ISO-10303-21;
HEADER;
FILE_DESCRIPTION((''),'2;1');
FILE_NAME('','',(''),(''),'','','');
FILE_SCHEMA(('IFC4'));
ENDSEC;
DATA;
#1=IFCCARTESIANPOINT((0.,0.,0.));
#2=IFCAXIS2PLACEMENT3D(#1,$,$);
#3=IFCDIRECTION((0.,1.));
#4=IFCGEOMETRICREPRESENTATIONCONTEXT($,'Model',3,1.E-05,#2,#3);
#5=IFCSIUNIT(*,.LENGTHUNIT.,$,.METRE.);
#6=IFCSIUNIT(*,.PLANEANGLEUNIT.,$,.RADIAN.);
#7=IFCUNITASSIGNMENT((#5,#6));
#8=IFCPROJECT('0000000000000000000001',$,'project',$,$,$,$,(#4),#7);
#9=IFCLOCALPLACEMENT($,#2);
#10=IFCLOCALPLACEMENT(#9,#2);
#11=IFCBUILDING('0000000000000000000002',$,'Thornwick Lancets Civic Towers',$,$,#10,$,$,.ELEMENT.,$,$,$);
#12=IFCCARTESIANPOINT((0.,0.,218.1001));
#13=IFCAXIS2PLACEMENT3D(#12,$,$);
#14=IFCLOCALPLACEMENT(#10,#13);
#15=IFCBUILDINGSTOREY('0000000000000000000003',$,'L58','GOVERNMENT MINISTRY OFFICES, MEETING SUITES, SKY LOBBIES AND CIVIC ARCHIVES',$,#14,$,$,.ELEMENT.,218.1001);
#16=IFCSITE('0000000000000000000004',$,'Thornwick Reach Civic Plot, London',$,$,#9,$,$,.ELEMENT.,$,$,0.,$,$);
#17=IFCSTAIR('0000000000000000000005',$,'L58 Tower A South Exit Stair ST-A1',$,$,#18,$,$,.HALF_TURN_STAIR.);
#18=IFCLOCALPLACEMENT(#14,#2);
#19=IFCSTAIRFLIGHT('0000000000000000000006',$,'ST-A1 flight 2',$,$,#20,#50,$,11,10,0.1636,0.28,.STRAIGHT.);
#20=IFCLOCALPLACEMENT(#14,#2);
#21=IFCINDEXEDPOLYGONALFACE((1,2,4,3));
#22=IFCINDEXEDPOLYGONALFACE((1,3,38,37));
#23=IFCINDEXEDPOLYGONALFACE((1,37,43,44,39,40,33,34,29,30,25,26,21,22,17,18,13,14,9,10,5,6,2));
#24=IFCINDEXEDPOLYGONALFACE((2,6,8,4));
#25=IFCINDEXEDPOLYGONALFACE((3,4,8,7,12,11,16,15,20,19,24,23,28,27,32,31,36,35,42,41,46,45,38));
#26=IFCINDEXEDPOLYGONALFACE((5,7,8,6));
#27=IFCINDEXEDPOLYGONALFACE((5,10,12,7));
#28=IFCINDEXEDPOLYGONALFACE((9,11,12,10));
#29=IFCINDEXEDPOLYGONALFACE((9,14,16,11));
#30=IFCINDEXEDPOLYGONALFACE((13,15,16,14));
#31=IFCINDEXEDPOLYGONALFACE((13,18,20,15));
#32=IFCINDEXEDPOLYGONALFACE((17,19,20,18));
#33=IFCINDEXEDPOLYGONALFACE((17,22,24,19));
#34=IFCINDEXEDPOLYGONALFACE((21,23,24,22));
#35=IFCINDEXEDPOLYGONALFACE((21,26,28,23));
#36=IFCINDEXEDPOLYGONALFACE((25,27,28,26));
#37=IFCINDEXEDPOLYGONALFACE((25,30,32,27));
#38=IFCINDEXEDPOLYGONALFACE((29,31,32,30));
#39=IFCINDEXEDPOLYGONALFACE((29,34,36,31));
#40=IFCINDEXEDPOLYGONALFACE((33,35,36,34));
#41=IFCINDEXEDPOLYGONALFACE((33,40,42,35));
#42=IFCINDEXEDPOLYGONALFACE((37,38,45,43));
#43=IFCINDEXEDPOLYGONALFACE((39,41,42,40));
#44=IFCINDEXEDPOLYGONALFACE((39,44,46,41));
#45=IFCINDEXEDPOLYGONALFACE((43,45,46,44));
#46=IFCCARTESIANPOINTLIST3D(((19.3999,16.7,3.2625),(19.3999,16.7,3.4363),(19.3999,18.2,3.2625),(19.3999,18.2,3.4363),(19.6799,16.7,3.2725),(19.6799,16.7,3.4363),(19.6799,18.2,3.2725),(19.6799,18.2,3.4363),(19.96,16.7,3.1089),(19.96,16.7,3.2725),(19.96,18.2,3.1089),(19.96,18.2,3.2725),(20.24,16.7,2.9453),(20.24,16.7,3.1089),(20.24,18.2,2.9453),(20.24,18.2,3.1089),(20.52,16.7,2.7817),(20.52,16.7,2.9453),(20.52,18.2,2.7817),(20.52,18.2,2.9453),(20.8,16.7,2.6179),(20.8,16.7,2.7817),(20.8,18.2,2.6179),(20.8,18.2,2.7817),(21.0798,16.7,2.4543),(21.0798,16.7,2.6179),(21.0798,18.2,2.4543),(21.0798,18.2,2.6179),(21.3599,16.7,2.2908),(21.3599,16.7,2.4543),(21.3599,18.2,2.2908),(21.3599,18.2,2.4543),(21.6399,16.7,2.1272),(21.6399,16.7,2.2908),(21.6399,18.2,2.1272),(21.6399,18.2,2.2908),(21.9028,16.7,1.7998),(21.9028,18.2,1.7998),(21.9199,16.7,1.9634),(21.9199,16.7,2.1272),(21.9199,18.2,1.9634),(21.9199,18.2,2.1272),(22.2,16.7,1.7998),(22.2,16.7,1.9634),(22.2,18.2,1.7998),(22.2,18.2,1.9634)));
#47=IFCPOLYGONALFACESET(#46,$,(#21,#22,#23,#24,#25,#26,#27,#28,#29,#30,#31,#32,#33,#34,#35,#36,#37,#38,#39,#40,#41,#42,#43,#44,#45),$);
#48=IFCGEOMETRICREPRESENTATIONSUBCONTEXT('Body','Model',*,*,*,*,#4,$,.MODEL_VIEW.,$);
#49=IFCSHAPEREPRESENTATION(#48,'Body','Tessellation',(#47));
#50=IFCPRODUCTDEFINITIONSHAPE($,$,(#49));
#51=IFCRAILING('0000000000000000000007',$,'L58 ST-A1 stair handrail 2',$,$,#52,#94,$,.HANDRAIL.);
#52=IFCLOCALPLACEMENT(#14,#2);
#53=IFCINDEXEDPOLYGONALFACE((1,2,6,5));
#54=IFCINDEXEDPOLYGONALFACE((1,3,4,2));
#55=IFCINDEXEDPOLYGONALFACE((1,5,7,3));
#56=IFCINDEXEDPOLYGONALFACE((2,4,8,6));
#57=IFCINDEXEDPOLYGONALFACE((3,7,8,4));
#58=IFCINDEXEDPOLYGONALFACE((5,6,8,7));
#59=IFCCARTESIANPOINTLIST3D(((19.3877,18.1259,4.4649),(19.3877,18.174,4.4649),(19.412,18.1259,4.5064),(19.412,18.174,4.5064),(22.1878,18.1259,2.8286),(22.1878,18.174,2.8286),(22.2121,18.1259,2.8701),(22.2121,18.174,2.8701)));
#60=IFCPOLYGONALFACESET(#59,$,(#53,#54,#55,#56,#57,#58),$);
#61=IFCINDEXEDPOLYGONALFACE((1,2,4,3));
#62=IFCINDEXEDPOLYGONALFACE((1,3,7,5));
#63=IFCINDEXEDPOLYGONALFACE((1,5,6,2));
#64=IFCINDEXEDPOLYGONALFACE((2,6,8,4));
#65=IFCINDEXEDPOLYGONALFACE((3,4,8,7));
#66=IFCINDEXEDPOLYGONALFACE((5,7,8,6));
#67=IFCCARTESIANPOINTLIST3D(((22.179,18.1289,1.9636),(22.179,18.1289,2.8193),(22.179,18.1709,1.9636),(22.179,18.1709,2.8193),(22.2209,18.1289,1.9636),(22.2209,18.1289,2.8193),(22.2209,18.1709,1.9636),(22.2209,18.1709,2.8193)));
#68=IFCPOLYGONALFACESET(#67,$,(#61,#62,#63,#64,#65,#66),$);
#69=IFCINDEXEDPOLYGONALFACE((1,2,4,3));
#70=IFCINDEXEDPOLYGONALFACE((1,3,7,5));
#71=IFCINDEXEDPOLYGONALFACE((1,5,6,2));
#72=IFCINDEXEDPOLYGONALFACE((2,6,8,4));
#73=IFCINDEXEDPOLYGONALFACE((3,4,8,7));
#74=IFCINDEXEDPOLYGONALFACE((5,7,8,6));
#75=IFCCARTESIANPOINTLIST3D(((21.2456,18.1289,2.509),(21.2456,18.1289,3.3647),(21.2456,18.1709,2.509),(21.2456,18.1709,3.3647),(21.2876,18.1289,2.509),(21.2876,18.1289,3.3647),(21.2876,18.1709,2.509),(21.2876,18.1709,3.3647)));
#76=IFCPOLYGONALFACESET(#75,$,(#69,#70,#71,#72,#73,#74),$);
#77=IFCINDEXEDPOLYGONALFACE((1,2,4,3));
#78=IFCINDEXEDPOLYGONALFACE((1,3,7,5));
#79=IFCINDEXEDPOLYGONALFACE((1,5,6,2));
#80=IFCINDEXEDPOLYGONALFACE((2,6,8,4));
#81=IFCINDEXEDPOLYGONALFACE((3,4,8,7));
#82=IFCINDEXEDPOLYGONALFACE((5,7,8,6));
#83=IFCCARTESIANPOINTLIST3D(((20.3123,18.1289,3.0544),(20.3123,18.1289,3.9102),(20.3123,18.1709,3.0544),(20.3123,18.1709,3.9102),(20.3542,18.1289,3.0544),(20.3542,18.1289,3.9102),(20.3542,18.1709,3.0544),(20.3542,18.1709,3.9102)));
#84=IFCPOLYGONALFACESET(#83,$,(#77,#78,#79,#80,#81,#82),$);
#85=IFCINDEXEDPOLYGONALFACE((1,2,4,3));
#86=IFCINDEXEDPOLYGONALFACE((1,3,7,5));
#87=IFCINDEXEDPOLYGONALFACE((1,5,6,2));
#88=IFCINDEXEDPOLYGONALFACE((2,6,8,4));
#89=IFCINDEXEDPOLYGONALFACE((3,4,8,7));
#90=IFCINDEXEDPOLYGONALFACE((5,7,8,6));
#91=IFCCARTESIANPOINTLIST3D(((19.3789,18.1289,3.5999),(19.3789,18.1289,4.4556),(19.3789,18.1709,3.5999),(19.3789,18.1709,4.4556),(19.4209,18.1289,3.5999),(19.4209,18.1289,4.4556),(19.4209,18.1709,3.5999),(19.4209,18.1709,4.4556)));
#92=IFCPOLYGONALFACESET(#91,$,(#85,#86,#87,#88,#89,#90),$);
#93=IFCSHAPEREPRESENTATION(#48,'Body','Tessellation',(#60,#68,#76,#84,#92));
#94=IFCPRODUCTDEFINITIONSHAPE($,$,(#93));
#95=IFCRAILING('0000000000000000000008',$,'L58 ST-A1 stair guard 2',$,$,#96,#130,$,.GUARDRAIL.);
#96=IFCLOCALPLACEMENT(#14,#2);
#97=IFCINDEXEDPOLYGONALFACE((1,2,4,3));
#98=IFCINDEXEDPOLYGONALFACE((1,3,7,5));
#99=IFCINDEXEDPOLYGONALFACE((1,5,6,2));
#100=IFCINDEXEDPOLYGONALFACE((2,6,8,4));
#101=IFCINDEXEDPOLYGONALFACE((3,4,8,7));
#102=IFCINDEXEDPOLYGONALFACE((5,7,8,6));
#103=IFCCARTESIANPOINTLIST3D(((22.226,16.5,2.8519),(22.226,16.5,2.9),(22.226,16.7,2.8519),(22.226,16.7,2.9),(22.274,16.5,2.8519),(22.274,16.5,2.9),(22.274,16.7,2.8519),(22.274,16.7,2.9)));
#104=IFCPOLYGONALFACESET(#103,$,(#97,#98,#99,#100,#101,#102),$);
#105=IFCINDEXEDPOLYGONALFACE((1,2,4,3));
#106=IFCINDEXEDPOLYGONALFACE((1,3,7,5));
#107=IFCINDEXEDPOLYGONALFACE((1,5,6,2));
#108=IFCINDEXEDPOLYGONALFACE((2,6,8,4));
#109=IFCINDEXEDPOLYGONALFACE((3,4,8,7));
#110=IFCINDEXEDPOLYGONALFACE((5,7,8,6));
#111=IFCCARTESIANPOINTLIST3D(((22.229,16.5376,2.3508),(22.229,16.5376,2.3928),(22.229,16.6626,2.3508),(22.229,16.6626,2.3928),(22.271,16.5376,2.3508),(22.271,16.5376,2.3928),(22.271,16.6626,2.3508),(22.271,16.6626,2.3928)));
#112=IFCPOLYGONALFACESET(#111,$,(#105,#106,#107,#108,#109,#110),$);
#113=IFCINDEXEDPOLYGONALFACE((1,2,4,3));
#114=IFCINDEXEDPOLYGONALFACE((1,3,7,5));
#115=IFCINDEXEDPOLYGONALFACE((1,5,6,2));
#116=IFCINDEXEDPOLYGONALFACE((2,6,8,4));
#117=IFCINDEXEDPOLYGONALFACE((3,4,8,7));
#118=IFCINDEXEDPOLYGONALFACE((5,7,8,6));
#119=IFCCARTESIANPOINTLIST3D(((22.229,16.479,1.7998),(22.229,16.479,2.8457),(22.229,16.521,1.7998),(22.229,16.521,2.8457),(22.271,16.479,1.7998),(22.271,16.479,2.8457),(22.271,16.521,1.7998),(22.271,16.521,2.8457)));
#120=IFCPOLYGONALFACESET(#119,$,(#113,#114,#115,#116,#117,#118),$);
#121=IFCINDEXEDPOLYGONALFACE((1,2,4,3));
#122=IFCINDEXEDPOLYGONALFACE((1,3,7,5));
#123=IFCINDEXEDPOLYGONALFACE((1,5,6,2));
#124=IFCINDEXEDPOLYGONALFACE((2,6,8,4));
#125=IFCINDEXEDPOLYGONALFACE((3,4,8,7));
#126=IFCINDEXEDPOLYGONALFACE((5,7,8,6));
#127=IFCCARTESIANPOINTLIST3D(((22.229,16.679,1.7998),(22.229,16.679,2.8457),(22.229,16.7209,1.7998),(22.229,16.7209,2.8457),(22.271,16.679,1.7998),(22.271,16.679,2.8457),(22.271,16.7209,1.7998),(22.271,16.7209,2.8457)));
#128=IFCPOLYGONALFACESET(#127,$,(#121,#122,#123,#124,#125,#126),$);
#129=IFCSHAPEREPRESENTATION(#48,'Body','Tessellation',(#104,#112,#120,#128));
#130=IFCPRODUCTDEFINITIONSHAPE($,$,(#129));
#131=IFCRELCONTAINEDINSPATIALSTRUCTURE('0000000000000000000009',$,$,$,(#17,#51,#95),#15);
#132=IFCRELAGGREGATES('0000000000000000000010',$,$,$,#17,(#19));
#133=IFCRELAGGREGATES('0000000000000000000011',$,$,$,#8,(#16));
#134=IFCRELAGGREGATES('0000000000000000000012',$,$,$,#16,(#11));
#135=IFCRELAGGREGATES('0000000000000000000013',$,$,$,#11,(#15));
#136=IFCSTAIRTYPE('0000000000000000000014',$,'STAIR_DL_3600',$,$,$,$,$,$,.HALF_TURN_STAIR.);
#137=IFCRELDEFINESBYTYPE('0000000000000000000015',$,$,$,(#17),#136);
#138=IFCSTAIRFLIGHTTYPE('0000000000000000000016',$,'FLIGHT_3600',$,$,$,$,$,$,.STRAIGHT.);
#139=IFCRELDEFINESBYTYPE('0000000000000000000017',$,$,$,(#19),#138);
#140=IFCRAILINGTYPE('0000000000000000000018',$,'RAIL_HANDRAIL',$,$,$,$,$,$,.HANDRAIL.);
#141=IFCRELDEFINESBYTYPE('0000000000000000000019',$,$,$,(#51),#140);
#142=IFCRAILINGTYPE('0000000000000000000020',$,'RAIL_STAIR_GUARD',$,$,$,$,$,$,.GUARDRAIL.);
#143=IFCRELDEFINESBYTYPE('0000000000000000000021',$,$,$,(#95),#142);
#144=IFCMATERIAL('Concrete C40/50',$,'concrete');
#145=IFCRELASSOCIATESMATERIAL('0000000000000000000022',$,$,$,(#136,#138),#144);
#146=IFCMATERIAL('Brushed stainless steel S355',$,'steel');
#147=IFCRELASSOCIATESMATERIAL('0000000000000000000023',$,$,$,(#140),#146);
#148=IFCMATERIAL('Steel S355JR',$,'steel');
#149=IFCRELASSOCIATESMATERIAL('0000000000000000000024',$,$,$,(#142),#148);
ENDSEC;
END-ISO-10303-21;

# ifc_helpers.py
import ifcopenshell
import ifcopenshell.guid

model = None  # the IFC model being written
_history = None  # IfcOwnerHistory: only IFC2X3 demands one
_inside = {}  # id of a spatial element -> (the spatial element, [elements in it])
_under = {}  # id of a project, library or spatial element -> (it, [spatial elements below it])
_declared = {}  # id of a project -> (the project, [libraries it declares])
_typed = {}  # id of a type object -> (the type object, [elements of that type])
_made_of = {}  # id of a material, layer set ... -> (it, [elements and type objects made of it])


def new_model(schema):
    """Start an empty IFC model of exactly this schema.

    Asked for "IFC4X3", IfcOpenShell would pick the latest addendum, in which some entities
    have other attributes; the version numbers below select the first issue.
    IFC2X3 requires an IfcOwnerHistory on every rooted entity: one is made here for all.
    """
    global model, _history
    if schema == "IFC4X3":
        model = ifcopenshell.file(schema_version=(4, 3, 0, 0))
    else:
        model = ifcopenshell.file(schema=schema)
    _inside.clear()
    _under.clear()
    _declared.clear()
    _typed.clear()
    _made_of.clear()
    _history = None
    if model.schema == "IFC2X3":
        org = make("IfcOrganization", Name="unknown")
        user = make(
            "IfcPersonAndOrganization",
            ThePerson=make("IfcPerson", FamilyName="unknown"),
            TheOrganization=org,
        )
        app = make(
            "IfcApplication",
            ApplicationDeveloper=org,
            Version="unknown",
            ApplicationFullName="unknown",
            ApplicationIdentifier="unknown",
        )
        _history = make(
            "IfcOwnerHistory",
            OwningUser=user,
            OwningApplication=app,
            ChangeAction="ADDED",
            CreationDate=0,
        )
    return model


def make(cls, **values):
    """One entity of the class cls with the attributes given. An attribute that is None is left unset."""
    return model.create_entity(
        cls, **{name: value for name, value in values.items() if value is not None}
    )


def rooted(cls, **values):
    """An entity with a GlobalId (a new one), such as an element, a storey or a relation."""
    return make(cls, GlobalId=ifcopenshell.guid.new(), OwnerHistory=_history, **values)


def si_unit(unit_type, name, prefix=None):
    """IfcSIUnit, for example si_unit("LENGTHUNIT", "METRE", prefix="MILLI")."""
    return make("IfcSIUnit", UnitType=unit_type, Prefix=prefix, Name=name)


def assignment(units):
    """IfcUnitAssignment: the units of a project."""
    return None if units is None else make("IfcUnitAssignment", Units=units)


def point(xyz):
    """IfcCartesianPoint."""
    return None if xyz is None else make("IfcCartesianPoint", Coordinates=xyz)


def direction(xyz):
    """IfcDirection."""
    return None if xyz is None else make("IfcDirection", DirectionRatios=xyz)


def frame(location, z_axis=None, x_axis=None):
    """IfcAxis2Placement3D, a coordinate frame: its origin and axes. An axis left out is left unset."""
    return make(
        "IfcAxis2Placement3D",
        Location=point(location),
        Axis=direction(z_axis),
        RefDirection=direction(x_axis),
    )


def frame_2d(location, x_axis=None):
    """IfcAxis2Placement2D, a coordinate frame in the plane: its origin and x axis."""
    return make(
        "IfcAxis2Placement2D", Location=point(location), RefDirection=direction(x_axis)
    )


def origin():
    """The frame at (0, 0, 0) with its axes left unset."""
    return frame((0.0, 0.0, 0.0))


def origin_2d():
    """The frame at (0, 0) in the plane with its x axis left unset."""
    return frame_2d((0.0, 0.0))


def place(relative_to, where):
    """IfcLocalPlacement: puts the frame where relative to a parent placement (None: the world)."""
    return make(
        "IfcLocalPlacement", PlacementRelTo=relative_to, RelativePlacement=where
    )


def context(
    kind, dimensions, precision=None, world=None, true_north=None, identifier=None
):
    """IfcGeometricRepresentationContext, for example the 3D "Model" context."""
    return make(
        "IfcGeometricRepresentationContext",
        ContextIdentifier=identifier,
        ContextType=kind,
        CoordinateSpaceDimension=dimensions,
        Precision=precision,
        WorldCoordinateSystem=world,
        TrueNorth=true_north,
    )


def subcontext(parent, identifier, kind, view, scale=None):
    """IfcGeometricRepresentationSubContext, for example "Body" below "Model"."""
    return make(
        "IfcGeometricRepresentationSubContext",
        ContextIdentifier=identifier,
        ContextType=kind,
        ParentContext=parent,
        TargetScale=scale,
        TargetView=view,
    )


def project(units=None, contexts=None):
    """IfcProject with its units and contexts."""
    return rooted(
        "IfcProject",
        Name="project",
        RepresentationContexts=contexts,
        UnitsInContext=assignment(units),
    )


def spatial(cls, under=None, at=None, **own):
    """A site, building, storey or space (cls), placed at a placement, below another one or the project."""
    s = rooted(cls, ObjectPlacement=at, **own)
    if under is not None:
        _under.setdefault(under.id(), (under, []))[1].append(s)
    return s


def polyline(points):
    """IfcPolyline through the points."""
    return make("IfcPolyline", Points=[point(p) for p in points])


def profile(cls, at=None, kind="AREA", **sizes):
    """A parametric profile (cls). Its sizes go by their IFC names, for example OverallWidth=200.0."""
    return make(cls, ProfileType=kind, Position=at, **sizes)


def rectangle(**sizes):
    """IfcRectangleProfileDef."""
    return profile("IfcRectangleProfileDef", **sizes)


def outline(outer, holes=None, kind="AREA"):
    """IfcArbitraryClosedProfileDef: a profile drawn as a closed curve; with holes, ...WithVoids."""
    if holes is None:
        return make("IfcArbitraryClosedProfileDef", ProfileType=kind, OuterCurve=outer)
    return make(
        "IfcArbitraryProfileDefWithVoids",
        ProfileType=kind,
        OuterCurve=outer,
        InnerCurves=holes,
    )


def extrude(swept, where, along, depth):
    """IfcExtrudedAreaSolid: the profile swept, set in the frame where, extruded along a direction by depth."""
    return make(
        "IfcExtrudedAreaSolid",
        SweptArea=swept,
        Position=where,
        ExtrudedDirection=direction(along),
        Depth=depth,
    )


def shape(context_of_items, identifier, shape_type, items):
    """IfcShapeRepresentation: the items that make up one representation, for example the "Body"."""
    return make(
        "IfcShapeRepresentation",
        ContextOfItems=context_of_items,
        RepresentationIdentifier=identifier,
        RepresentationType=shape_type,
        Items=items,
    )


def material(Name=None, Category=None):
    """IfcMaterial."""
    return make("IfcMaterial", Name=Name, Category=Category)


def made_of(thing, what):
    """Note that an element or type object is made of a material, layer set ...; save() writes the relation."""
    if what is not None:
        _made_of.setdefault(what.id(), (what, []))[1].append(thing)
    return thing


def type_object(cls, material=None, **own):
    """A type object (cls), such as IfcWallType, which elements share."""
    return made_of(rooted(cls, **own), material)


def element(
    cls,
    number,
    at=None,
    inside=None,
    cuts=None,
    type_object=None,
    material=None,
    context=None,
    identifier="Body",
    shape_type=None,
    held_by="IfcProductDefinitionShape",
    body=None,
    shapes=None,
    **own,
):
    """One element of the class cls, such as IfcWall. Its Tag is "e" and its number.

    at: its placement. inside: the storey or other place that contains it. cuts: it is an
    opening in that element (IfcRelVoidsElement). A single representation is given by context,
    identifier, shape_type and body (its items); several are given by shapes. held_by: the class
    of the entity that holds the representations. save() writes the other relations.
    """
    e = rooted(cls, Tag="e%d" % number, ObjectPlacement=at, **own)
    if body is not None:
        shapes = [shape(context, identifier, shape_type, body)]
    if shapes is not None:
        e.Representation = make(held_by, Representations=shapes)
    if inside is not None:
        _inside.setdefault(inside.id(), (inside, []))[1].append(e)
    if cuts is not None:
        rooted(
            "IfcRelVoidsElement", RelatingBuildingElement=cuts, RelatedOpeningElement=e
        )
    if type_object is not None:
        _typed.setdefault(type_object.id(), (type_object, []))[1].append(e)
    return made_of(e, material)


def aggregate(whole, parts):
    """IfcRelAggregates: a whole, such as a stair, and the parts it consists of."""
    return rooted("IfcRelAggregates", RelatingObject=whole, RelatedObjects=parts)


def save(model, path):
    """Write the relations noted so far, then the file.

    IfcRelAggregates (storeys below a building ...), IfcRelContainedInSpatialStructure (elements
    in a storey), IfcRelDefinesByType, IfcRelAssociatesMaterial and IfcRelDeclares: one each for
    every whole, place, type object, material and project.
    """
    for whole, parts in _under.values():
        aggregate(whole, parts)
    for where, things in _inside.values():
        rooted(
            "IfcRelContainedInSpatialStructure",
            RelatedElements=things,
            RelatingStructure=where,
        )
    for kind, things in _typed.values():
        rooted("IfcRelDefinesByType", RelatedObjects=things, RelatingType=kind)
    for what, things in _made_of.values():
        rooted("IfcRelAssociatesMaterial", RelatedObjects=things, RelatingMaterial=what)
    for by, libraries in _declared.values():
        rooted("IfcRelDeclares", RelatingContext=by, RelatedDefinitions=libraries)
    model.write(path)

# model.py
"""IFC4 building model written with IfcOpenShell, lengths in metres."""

from ifc_helpers import new_model, si_unit, direction, frame, origin, origin_2d, place, context, subcontext, project, spatial, polyline, rectangle, outline, extrude, material, type_object, element, aggregate, save


model = new_model("IFC4")

# Units and contexts
model_context = context("Model", 3, precision=1e-05, world=origin(), true_north=direction((0.0, 1.0)))
body_context = subcontext(model_context, "Body", "Model", "MODEL_VIEW")
ifc_project = project(units=[si_unit("LENGTHUNIT", "METRE"), si_unit("PLANEANGLEUNIT", "RADIAN")], contexts=[model_context])

# Site, building, storey
site_placement = place(None, origin())
site = spatial("IfcSite", under=ifc_project, at=site_placement, Name="Thornwick Reach Civic Plot, London", CompositionType="ELEMENT", RefElevation=0.0)
building_placement = place(site_placement, origin())
building = spatial("IfcBuilding", under=site, at=building_placement, Name="Thornwick Lancets Civic Towers", CompositionType="ELEMENT")
storey_placement = place(building_placement, frame((0.0, 0.0, 218.1001)))
storey = spatial("IfcBuildingStorey", under=building, at=storey_placement, Name="L58", Description="GOVERNMENT MINISTRY OFFICES, MEETING SUITES, SKY LOBBIES AND CIVIC ARCHIVES", CompositionType="ELEMENT", Elevation=218.1001)

# Shared definitions
ifc_material_1 = material(Name="Steel S355JR", Category="steel")
ifc_material_2 = material(Name="Concrete C40/50", Category="concrete")

# Stair, stair flight
stair_type = type_object("IfcStairType", Name="STAIR_DL_3600", PredefinedType="HALF_TURN_STAIR", material=ifc_material_2)
stair_placement = place(storey_placement, origin())
stair = element("IfcStair", 1, at=stair_placement, inside=storey, type_object=stair_type, Name="L58 Tower A South Exit Stair ST-A1", PredefinedType="HALF_TURN_STAIR")
stair_flight_type = type_object("IfcStairFlightType", Name="FLIGHT_3600", PredefinedType="STRAIGHT", material=ifc_material_2)
stair_flight_placement = place(storey_placement, frame((22.2, 17.45, 1.7998), z_axis=(0.0, 0.0, 1.0), x_axis=(-1.0, 0.0, 0.0)))
stair_flight = element("IfcStairFlight", 2, at=stair_flight_placement, type_object=stair_flight_type, Name="ST-A1 flight 2", NumberOfRisers=11, NumberOfTreads=10, PredefinedType="STRAIGHT", RiserHeight=0.1636, TreadLength=0.28, context=body_context, shape_type="SweptSolid", body=[
    extrude(outline(polyline([(0.0, 0.0), (0.0, 0.1636), (0.28, 0.1636), (0.28, 0.3274), (0.5601, 0.3274), (0.5601, 0.491), (0.8401, 0.491), (0.8401, 0.6545), (1.1201, 0.6545), (1.1201, 0.8181), (1.3999, 0.8181), (1.3999, 0.9819), (1.6799, 0.9819), (1.6799, 1.1455), (1.96, 1.1455), (1.96, 1.3091), (2.24, 1.3091), (2.24, 1.4727), (2.52, 1.4727), (2.52, 1.6365), (2.8, 1.6365), (2.8, 1.8), (2.8, 1.4626), (0.2971, 0.0), (0.0, 0.0)])), frame((0.0, 0.75, 0.0), z_axis=(0.0, -1.0, 0.0), x_axis=(1.0, 0.0, 0.0)), (0.0, 0.0, 1.0), 1.5),
])
aggregate(stair, [stair_flight])

# Railings
ifc_material_3 = material(Name="Brushed stainless steel S355", Category="steel")
railing_type_1 = type_object("IfcRailingType", Name="RAIL_HANDRAIL", PredefinedType="HANDRAIL", material=ifc_material_3)
railing_1_placement = place(storey_placement, frame((22.2, 18.1499, 1.9636)))
element("IfcRailing", 3, at=railing_1_placement, inside=storey, type_object=railing_type_1, Name="L58 ST-A1 stair handrail 2", PredefinedType="HANDRAIL", context=body_context, shape_type="SweptSolid", body=[
    extrude(rectangle(XDim=0.0481, YDim=0.0481, at=origin_2d()), frame((0.0, 0.0, 0.8857), z_axis=(-0.863394, 0.0, 0.504531), x_axis=(0.0, -1.0, 0.0)), (0.0, 0.0, 1.0), 3.2432),
    extrude(rectangle(XDim=0.042, YDim=0.042, at=origin_2d()), origin(), (0.0, 0.0, 1.0), 0.8557),
    extrude(rectangle(XDim=0.042, YDim=0.042, at=origin_2d()), frame((-0.9333, 0.0, 0.5454)), (0.0, 0.0, 1.0), 0.8557),
    extrude(rectangle(XDim=0.042, YDim=0.042, at=origin_2d()), frame((-1.8667, 0.0, 1.0908)), (0.0, 0.0, 1.0), 0.8557),
    extrude(rectangle(XDim=0.042, YDim=0.042, at=origin_2d()), frame((-2.8, 0.0, 1.6362)), (0.0, 0.0, 1.0), 0.8557),
])
railing_type_2 = type_object("IfcRailingType", Name="RAIL_STAIR_GUARD", PredefinedType="GUARDRAIL", material=ifc_material_1)
railing_2_placement = place(storey_placement, frame((22.25, 16.5, 1.7998)))
element("IfcRailing", 4, at=railing_2_placement, inside=storey, type_object=railing_type_2, Name="L58 ST-A1 stair guard 2", PredefinedType="GUARDRAIL", context=body_context, shape_type="SweptSolid", body=[
    extrude(rectangle(XDim=0.0481, YDim=0.0481, at=origin_2d()), frame((0.0, 0.0, 1.0762), z_axis=(0.0, 1.0, 0.0), x_axis=(-1.0, 0.0, 0.0)), (0.0, 0.0, 1.0), 0.2),
    extrude(rectangle(XDim=0.042, YDim=0.042, at=origin_2d()), frame((0.0, 0.0376, 0.572), z_axis=(0.0, 1.0, 0.0), x_axis=(-1.0, 0.0, 0.0)), (0.0, 0.0, 1.0), 0.125),
    extrude(rectangle(XDim=0.042, YDim=0.042, at=origin_2d()), origin(), (0.0, 0.0, 1.0), 1.0459),
    extrude(rectangle(XDim=0.042, YDim=0.042, at=origin_2d()), frame((0.0, 0.2, 0.0)), (0.0, 0.0, 1.0), 1.0459),
])

save(model, "model.ifc")
